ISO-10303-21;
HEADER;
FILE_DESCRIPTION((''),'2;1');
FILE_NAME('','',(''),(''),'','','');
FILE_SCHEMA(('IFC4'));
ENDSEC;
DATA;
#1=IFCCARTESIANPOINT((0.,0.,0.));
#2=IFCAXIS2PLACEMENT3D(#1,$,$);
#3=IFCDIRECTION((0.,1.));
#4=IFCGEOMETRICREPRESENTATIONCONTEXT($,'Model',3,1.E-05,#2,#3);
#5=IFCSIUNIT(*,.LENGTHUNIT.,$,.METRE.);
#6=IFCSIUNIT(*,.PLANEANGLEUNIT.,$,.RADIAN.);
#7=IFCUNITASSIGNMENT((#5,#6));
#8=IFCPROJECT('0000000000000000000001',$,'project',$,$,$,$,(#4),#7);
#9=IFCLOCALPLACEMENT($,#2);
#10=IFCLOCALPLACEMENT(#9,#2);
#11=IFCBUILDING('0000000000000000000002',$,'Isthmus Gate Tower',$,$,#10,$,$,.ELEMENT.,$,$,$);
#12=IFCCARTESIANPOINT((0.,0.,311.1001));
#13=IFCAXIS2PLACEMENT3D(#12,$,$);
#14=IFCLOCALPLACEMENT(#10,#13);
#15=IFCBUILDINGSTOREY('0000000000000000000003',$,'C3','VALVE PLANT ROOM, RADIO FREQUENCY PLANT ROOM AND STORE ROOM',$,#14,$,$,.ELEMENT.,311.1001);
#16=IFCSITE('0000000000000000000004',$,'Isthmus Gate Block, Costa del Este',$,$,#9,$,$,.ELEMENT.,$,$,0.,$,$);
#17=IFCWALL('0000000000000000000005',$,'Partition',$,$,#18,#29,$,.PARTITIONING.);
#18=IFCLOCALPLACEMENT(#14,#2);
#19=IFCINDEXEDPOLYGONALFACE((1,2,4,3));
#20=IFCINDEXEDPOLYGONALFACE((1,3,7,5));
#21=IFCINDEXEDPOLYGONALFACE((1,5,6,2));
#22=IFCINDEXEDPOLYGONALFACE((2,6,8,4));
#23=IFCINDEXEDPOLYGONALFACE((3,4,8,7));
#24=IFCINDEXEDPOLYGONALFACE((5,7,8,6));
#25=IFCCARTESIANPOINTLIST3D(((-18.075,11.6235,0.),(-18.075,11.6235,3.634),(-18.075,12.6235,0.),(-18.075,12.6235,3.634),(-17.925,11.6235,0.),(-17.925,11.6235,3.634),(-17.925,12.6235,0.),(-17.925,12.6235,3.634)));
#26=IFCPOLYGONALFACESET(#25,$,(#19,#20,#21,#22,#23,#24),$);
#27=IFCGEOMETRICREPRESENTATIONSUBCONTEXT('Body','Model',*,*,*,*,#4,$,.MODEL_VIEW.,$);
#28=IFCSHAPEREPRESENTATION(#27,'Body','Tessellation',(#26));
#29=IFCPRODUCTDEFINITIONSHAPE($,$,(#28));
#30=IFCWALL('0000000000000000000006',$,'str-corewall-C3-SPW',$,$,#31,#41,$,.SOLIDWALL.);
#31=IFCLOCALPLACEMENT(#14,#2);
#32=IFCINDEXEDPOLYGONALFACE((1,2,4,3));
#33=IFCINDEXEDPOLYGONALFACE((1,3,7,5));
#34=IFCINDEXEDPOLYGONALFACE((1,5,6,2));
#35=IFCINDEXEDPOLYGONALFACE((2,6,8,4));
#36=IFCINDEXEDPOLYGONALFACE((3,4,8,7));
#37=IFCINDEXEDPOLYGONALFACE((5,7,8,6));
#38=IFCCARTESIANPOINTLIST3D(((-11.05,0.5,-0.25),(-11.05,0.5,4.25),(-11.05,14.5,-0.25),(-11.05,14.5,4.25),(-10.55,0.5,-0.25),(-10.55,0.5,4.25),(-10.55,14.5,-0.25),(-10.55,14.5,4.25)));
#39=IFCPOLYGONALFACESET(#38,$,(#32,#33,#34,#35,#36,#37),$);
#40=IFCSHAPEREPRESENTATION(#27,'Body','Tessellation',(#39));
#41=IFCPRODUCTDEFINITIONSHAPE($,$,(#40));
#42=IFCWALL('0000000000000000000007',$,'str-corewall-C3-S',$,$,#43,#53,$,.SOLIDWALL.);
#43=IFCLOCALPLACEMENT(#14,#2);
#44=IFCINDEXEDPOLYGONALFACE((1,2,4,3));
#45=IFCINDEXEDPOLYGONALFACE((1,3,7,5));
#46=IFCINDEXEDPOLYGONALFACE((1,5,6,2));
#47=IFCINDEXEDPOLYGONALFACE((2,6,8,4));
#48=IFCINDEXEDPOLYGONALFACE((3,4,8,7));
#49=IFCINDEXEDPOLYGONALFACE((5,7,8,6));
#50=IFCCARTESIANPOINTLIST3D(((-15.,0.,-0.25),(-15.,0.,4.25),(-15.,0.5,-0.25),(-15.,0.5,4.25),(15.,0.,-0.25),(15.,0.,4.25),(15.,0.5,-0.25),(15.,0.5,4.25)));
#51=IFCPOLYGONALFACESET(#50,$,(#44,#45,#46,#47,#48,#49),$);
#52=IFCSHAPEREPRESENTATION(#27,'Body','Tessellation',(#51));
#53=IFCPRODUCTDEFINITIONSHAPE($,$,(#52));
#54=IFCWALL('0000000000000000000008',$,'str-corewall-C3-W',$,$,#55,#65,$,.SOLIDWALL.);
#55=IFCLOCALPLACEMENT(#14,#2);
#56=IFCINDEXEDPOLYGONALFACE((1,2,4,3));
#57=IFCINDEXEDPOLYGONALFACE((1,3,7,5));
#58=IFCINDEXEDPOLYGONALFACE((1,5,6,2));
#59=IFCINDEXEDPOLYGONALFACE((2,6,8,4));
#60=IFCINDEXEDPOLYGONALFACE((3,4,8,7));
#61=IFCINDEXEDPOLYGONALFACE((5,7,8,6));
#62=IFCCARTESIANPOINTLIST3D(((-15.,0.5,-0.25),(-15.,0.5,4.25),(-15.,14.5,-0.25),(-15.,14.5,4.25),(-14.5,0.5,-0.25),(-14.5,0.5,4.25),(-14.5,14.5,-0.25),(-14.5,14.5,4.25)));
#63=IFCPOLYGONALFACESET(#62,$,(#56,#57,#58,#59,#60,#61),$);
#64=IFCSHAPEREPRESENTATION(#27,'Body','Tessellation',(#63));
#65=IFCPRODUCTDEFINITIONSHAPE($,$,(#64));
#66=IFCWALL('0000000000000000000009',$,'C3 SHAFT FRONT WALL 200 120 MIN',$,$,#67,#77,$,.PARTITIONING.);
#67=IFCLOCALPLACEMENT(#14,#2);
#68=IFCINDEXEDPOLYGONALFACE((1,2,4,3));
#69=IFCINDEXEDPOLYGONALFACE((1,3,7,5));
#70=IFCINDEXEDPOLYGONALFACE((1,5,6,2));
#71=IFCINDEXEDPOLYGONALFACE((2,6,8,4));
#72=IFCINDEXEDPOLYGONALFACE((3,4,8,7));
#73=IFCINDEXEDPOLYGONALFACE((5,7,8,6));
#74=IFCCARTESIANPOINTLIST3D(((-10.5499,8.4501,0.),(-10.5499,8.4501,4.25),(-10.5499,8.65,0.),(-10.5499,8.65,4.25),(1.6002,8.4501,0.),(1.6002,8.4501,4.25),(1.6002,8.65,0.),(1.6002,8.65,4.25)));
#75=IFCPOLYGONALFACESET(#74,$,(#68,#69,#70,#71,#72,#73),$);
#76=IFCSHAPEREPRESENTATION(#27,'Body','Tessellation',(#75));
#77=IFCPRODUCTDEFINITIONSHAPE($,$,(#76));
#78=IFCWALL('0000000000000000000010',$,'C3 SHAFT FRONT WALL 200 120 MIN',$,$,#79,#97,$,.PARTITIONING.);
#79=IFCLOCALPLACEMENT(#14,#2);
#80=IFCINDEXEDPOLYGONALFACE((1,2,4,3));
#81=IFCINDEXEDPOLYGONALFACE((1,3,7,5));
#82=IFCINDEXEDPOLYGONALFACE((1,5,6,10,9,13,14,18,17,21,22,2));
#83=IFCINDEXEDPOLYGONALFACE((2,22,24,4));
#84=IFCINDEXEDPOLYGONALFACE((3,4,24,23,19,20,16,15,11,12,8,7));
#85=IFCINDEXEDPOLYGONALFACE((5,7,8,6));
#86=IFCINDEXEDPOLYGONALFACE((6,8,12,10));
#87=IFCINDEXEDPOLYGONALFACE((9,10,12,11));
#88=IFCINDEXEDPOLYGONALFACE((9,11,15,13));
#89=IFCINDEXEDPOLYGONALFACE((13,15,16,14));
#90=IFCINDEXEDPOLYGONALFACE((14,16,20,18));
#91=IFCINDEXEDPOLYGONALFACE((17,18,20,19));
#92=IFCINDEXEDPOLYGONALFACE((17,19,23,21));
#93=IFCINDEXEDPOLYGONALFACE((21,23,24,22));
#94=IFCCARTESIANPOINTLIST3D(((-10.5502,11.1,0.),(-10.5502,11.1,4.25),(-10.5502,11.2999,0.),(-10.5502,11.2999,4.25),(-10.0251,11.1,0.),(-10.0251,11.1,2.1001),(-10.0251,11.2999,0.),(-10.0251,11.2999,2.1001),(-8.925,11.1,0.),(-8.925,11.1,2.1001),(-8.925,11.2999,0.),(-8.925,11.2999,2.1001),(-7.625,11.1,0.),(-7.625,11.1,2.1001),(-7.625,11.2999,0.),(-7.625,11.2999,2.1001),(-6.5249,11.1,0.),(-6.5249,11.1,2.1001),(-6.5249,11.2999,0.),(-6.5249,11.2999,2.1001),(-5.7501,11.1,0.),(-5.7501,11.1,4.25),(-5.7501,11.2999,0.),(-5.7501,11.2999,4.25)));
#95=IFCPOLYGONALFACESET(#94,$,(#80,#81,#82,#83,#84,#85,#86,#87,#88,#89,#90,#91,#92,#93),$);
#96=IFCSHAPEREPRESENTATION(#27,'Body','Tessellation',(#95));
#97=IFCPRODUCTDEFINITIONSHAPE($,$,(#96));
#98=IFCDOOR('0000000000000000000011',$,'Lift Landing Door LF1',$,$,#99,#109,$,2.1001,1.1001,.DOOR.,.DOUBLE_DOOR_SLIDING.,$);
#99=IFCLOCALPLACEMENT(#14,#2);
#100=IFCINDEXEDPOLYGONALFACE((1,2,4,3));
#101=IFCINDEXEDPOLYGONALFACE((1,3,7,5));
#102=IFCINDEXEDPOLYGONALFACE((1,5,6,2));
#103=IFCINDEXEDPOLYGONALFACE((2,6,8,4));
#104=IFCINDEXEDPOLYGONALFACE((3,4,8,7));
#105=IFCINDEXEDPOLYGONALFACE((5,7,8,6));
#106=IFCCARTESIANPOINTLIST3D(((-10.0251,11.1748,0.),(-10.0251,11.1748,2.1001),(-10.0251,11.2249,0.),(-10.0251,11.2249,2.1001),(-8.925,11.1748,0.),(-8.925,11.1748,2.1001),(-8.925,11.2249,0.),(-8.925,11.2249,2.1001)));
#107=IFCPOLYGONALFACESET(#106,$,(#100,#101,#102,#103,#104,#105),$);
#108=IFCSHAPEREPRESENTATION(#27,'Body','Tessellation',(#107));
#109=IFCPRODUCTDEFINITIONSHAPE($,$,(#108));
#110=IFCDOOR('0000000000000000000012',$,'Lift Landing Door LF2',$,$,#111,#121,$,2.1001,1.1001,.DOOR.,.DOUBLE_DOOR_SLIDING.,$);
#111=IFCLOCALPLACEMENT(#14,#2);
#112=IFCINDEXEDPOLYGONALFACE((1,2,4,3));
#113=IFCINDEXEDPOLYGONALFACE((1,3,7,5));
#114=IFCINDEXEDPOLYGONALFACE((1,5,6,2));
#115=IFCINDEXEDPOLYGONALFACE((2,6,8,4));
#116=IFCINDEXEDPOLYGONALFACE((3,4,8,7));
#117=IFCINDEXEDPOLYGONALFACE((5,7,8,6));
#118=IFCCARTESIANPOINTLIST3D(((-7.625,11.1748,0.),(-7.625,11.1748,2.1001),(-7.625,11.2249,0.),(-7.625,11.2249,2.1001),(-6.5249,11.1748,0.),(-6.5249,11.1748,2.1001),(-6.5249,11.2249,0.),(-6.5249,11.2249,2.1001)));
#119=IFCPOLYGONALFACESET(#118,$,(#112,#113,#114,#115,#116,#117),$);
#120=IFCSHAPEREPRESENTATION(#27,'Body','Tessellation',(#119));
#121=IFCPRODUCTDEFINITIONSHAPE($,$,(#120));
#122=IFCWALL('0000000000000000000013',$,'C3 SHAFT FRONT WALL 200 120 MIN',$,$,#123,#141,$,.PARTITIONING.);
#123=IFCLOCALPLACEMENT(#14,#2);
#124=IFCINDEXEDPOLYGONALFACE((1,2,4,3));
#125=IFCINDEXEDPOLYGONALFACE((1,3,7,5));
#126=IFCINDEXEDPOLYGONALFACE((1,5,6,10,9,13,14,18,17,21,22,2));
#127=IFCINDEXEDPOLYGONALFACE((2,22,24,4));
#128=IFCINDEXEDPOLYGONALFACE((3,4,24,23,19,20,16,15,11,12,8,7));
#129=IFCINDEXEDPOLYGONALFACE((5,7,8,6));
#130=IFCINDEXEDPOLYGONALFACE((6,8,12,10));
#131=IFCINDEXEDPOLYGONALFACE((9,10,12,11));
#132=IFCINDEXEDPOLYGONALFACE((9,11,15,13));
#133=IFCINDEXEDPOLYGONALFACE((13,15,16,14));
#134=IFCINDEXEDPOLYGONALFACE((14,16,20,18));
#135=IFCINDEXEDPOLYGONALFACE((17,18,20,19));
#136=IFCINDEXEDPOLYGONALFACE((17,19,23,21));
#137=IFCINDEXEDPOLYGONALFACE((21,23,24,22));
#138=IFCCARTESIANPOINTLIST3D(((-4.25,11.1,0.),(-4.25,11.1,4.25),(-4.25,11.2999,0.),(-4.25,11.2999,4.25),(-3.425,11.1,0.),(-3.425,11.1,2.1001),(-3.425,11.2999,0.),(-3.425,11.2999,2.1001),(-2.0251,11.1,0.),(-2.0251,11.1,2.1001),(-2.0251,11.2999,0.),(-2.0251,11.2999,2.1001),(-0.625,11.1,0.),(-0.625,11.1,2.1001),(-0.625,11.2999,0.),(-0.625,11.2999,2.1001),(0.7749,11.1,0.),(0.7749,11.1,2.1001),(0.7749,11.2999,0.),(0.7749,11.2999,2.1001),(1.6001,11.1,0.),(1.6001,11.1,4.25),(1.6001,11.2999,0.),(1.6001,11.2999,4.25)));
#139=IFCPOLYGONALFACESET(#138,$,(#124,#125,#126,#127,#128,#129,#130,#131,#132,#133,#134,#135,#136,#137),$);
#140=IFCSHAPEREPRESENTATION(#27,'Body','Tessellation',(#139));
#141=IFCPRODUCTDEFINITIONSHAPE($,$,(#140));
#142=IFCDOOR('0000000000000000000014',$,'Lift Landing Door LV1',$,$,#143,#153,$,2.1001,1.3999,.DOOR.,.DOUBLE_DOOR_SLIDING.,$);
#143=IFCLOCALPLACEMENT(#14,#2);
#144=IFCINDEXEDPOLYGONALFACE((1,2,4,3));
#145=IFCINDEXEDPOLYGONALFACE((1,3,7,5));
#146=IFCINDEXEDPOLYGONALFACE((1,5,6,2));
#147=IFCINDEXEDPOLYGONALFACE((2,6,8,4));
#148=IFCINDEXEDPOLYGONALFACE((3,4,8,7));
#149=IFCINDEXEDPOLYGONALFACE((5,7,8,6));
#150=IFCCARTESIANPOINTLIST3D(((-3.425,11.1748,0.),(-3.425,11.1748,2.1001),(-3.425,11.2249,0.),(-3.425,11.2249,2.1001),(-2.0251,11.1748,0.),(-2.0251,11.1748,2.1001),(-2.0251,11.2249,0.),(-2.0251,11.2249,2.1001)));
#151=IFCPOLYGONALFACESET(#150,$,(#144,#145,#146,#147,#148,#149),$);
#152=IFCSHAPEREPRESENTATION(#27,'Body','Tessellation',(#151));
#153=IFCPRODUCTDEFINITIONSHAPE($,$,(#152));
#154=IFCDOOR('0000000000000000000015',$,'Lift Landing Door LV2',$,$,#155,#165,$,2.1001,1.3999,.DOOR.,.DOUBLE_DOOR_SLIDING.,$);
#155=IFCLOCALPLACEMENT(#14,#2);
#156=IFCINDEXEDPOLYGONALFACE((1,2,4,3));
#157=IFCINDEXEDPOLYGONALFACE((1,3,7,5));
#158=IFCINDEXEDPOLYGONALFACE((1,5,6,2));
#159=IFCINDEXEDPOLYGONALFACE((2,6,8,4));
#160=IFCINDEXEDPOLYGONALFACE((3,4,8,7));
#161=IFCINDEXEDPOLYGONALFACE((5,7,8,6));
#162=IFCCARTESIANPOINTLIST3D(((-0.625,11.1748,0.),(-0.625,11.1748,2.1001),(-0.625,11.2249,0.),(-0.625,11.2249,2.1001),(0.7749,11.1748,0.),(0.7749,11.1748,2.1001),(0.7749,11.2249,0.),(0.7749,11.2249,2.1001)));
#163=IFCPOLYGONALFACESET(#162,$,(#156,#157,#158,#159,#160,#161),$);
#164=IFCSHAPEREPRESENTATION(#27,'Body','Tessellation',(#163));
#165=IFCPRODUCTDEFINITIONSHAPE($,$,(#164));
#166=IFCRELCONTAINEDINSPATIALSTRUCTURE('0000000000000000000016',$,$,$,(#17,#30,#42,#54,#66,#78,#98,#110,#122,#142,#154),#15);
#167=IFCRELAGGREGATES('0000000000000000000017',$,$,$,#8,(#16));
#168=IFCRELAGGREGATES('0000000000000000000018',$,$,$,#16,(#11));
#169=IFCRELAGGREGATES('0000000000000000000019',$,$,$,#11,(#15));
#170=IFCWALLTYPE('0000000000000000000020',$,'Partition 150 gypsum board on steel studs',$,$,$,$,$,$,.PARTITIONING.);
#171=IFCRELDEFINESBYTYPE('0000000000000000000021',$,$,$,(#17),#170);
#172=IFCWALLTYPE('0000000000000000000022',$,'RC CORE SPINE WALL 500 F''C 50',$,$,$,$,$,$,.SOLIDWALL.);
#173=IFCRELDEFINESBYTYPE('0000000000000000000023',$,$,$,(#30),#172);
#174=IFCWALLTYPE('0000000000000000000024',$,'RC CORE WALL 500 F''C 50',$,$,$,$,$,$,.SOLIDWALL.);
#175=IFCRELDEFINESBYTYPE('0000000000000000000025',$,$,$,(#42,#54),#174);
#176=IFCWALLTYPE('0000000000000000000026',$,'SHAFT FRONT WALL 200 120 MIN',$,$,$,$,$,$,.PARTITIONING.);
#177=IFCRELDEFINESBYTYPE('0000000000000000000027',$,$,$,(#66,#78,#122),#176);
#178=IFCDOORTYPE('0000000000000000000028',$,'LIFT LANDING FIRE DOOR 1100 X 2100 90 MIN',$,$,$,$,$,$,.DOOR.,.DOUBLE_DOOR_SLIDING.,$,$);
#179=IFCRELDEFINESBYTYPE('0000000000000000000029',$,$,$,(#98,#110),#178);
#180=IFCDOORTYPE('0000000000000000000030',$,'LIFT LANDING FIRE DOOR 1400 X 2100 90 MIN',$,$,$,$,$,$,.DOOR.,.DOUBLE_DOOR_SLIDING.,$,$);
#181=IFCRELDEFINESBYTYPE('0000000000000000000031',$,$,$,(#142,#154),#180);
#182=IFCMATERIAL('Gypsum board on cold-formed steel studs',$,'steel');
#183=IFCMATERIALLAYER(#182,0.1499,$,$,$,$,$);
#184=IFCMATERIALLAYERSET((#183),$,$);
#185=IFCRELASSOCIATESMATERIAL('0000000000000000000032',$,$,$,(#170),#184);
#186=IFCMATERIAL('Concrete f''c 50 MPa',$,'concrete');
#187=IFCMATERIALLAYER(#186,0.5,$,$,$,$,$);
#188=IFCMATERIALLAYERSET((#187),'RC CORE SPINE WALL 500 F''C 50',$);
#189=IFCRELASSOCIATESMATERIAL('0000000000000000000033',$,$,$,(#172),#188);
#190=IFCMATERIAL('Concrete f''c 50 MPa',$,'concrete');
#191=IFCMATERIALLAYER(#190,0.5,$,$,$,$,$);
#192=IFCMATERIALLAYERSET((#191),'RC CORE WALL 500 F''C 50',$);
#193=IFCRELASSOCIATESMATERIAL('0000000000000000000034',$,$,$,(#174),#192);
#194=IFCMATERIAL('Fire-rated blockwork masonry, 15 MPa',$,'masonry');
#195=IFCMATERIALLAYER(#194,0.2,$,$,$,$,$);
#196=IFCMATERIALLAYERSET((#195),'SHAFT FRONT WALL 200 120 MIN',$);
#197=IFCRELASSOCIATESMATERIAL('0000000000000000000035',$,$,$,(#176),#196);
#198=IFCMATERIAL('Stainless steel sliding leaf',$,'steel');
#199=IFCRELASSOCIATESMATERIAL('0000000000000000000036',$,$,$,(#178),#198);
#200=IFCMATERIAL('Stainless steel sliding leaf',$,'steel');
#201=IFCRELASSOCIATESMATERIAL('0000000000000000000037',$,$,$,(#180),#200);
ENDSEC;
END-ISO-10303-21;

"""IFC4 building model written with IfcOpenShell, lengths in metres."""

from ifc_helpers import new_model, si_unit, direction, frame, frame_2d, origin, place, context, subcontext, project, spatial, rectangle, extrude, material, layer, layer_set, type_object, element, fill, save


model = new_model("IFC4")

# Units and contexts
model_context = context("Model", 3, precision=1e-05, world=origin(), true_north=direction((0.0, 1.0)))
body_context = subcontext(model_context, "Body", "Model", "MODEL_VIEW")
ifc_project = project(units=[si_unit("LENGTHUNIT", "METRE"), si_unit("PLANEANGLEUNIT", "RADIAN")], contexts=[model_context])

# Site, building, storey
site_placement = place(None, origin())
site = spatial("IfcSite", under=ifc_project, at=site_placement, Name="Isthmus Gate Block, Costa del Este", CompositionType="ELEMENT", RefElevation=0.0)
building_placement = place(site_placement, origin())
building = spatial("IfcBuilding", under=site, at=building_placement, Name="Isthmus Gate Tower", CompositionType="ELEMENT")
storey_placement = place(building_placement, frame((0.0, 0.0, 311.1001)))
storey = spatial("IfcBuildingStorey", under=building, at=storey_placement, Name="C3", Description="VALVE PLANT ROOM, RADIO FREQUENCY PLANT ROOM AND STORE ROOM", CompositionType="ELEMENT", Elevation=311.1001)

# Walls
ifc_material_1 = material(Name="Gypsum board on cold-formed steel studs", Category="steel")
ifc_layer_1 = layer(ifc_material_1, 0.1499)
ifc_layer_set_1 = layer_set([ifc_layer_1])
wall_type_1 = type_object("IfcWallType", Name="Partition 150 gypsum board on steel studs", PredefinedType="PARTITIONING", material=ifc_layer_set_1)
wall_1_placement = place(storey_placement, frame((-18.0, 11.6235, 0.0), z_axis=(0.0, 0.0, 1.0), x_axis=(0.0, 1.0, 0.0)))
element("IfcWall", 1, at=wall_1_placement, inside=storey, type_object=wall_type_1, Name="Partition", PredefinedType="PARTITIONING", context=body_context, shape_type="SweptSolid", body=[
    extrude(rectangle(XDim=1.0, YDim=0.1499, at=frame_2d((0.5, 0.0))), origin(), (0.0, 0.0, 1.0), 3.634),
])
ifc_material_2 = material(Name="Concrete f'c 50 MPa", Category="concrete")
ifc_layer_2 = layer(ifc_material_2, 0.5)
ifc_layer_set_2 = layer_set([ifc_layer_2], Name="RC CORE SPINE WALL 500 F'C 50")
wall_type_2 = type_object("IfcWallType", Name="RC CORE SPINE WALL 500 F'C 50", PredefinedType="SOLIDWALL", material=ifc_layer_set_2)
wall_2_placement = place(storey_placement, frame((-10.8, 0.5, -0.25), z_axis=(0.0, 0.0, 1.0), x_axis=(0.0, 1.0, 0.0)))
element("IfcWall", 2, at=wall_2_placement, inside=storey, type_object=wall_type_2, Name="str-corewall-C3-SPW", PredefinedType="SOLIDWALL", context=body_context, shape_type="SweptSolid", body=[
    extrude(rectangle(XDim=14.0, YDim=0.5, at=frame_2d((7.0, 0.0))), origin(), (0.0, 0.0, 1.0), 4.5),
])
ifc_material_3 = material(Name="Concrete f'c 50 MPa", Category="concrete")
ifc_layer_3 = layer(ifc_material_3, 0.5)
ifc_layer_set_3 = layer_set([ifc_layer_3], Name="RC CORE WALL 500 F'C 50")
wall_type_3 = type_object("IfcWallType", Name="RC CORE WALL 500 F'C 50", PredefinedType="SOLIDWALL", material=ifc_layer_set_3)
wall_3_placement = place(storey_placement, frame((-15.0, 0.25, -0.25), z_axis=(0.0, 0.0, 1.0), x_axis=(1.0, 0.0, 0.0)))
element("IfcWall", 3, at=wall_3_placement, inside=storey, type_object=wall_type_3, Name="str-corewall-C3-S", PredefinedType="SOLIDWALL", context=body_context, shape_type="SweptSolid", body=[
    extrude(rectangle(XDim=30.0, YDim=0.5, at=frame_2d((15.0, 0.0))), origin(), (0.0, 0.0, 1.0), 4.5),
])
wall_4_placement = place(storey_placement, frame((-14.75, 0.5, -0.25), z_axis=(0.0, 0.0, 1.0), x_axis=(0.0, 1.0, 0.0)))
element("IfcWall", 4, at=wall_4_placement, inside=storey, type_object=wall_type_3, Name="str-corewall-C3-W", PredefinedType="SOLIDWALL", context=body_context, shape_type="SweptSolid", body=[
    extrude(rectangle(XDim=14.0, YDim=0.5, at=frame_2d((7.0, 0.0))), origin(), (0.0, 0.0, 1.0), 4.5),
])
ifc_material_4 = material(Name="Fire-rated blockwork masonry, 15 MPa", Category="masonry")
ifc_layer_4 = layer(ifc_material_4, 0.2)
ifc_layer_set_4 = layer_set([ifc_layer_4], Name="SHAFT FRONT WALL 200 120 MIN")
wall_type_4 = type_object("IfcWallType", Name="SHAFT FRONT WALL 200 120 MIN", PredefinedType="PARTITIONING", material=ifc_layer_set_4)
wall_5_placement = place(storey_placement, frame((-10.55, 8.55, 0.0), z_axis=(0.0, 0.0, 1.0), x_axis=(1.0, 0.0, 0.0)))
element("IfcWall", 5, at=wall_5_placement, inside=storey, type_object=wall_type_4, Name="C3 SHAFT FRONT WALL 200 120 MIN", PredefinedType="PARTITIONING", context=body_context, shape_type="SweptSolid", body=[
    extrude(rectangle(XDim=12.1501, YDim=0.2, at=frame_2d((6.0752, 0.0))), origin(), (0.0, 0.0, 1.0), 4.25),
])

# Walls, openings, doors
wall_6_placement = place(storey_placement, frame((-10.55, 11.2, 0.0), z_axis=(0.0, 0.0, 1.0), x_axis=(1.0, 0.0, 0.0)))
wall_6 = element("IfcWall", 6, at=wall_6_placement, inside=storey, type_object=wall_type_4, Name="C3 SHAFT FRONT WALL 200 120 MIN", PredefinedType="PARTITIONING", context=body_context, shape_type="SweptSolid", body=[
    extrude(rectangle(XDim=4.8, YDim=0.2, at=frame_2d((2.3999, 0.0))), origin(), (0.0, 0.0, 1.0), 4.25),
])
opening_1_placement = place(wall_6_placement, frame((0.5249, 0.0, 0.0)))
opening_1 = element("IfcOpeningElement", 7, at=opening_1_placement, cuts=wall_6, PredefinedType="OPENING", context=body_context, shape_type="SweptSolid", body=[
    extrude(rectangle(XDim=1.1001, YDim=2.1001, at=frame_2d((0.55, 1.05))), frame((0.0, 0.1099, 0.0), z_axis=(0.0, -1.0, 0.0), x_axis=(1.0, 0.0, 0.0)), (0.0, 0.0, 1.0), 0.22),
])
opening_2_placement = place(wall_6_placement, frame((2.925, 0.0, 0.0)))
opening_2 = element("IfcOpeningElement", 8, at=opening_2_placement, cuts=wall_6, PredefinedType="OPENING", context=body_context, shape_type="SweptSolid", body=[
    extrude(rectangle(XDim=1.1001, YDim=2.1001, at=frame_2d((0.55, 1.05))), frame((0.0, 0.1099, 0.0), z_axis=(0.0, -1.0, 0.0), x_axis=(1.0, 0.0, 0.0)), (0.0, 0.0, 1.0), 0.22),
])
ifc_material_5 = material(Name="Stainless steel sliding leaf", Category="steel")
door_type_1 = type_object("IfcDoorType", Name="LIFT LANDING FIRE DOOR 1100 X 2100 90 MIN", OperationType="DOUBLE_DOOR_SLIDING", PredefinedType="DOOR", material=ifc_material_5)
door_1_placement = place(opening_1_placement, origin())
door_1 = element("IfcDoor", 9, at=door_1_placement, inside=storey, type_object=door_type_1, Name="Lift Landing Door LF1", OperationType="DOUBLE_DOOR_SLIDING", OverallHeight=2.1001, OverallWidth=1.1001, PredefinedType="DOOR", context=body_context, shape_type="SweptSolid", body=[
    extrude(rectangle(XDim=1.1001, YDim=2.1001, at=frame_2d((0.55, 1.05))), frame((0.0, 0.0249, 0.0), z_axis=(0.0, -1.0, 0.0), x_axis=(1.0, 0.0, 0.0)), (0.0, 0.0, 1.0), 0.05),
])
fill(opening_1, door_1)
door_2_placement = place(opening_2_placement, origin())
door_2 = element("IfcDoor", 10, at=door_2_placement, inside=storey, type_object=door_type_1, Name="Lift Landing Door LF2", OperationType="DOUBLE_DOOR_SLIDING", OverallHeight=2.1001, OverallWidth=1.1001, PredefinedType="DOOR", context=body_context, shape_type="SweptSolid", body=[
    extrude(rectangle(XDim=1.1001, YDim=2.1001, at=frame_2d((0.55, 1.05))), frame((0.0, 0.0249, 0.0), z_axis=(0.0, -1.0, 0.0), x_axis=(1.0, 0.0, 0.0)), (0.0, 0.0, 1.0), 0.05),
])
fill(opening_2, door_2)
wall_7_placement = place(storey_placement, frame((-4.25, 11.2, 0.0), z_axis=(0.0, 0.0, 1.0), x_axis=(1.0, 0.0, 0.0)))
wall_7 = element("IfcWall", 11, at=wall_7_placement, inside=storey, type_object=wall_type_4, Name="C3 SHAFT FRONT WALL 200 120 MIN", PredefinedType="PARTITIONING", context=body_context, shape_type="SweptSolid", body=[
    extrude(rectangle(XDim=5.8501, YDim=0.2, at=frame_2d((2.925, 0.0))), origin(), (0.0, 0.0, 1.0), 4.25),
])
opening_3_placement = place(wall_7_placement, frame((0.825, 0.0, 0.0)))
opening_3 = element("IfcOpeningElement", 12, at=opening_3_placement, cuts=wall_7, PredefinedType="OPENING", context=body_context, shape_type="SweptSolid", body=[
    extrude(rectangle(XDim=1.3999, YDim=2.1001, at=frame_2d((0.7, 1.05))), frame((0.0, 0.1099, 0.0), z_axis=(0.0, -1.0, 0.0), x_axis=(1.0, 0.0, 0.0)), (0.0, 0.0, 1.0), 0.22),
])
opening_4_placement = place(wall_7_placement, frame((3.625, 0.0, 0.0)))
opening_4 = element("IfcOpeningElement", 13, at=opening_4_placement, cuts=wall_7, PredefinedType="OPENING", context=body_context, shape_type="SweptSolid", body=[
    extrude(rectangle(XDim=1.3999, YDim=2.1001, at=frame_2d((0.7, 1.05))), frame((0.0, 0.1099, 0.0), z_axis=(0.0, -1.0, 0.0), x_axis=(1.0, 0.0, 0.0)), (0.0, 0.0, 1.0), 0.22),
])
ifc_material_6 = material(Name="Stainless steel sliding leaf", Category="steel")
door_type_2 = type_object("IfcDoorType", Name="LIFT LANDING FIRE DOOR 1400 X 2100 90 MIN", OperationType="DOUBLE_DOOR_SLIDING", PredefinedType="DOOR", material=ifc_material_6)
door_3_placement = place(opening_3_placement, origin())
door_3 = element("IfcDoor", 14, at=door_3_placement, inside=storey, type_object=door_type_2, Name="Lift Landing Door LV1", OperationType="DOUBLE_DOOR_SLIDING", OverallHeight=2.1001, OverallWidth=1.3999, PredefinedType="DOOR", context=body_context, shape_type="SweptSolid", body=[
    extrude(rectangle(XDim=1.3999, YDim=2.1001, at=frame_2d((0.7, 1.05))), frame((0.0, 0.0249, 0.0), z_axis=(0.0, -1.0, 0.0), x_axis=(1.0, 0.0, 0.0)), (0.0, 0.0, 1.0), 0.05),
])
fill(opening_3, door_3)
door_4_placement = place(opening_4_placement, origin())
door_4 = element("IfcDoor", 15, at=door_4_placement, inside=storey, type_object=door_type_2, Name="Lift Landing Door LV2", OperationType="DOUBLE_DOOR_SLIDING", OverallHeight=2.1001, OverallWidth=1.3999, PredefinedType="DOOR", context=body_context, shape_type="SweptSolid", body=[
    extrude(rectangle(XDim=1.3999, YDim=2.1001, at=frame_2d((0.7, 1.05))), frame((0.0, 0.0249, 0.0), z_axis=(0.0, -1.0, 0.0), x_axis=(1.0, 0.0, 0.0)), (0.0, 0.0, 1.0), 0.05),
])
fill(opening_4, door_4)

save(model, "model.ifc")
